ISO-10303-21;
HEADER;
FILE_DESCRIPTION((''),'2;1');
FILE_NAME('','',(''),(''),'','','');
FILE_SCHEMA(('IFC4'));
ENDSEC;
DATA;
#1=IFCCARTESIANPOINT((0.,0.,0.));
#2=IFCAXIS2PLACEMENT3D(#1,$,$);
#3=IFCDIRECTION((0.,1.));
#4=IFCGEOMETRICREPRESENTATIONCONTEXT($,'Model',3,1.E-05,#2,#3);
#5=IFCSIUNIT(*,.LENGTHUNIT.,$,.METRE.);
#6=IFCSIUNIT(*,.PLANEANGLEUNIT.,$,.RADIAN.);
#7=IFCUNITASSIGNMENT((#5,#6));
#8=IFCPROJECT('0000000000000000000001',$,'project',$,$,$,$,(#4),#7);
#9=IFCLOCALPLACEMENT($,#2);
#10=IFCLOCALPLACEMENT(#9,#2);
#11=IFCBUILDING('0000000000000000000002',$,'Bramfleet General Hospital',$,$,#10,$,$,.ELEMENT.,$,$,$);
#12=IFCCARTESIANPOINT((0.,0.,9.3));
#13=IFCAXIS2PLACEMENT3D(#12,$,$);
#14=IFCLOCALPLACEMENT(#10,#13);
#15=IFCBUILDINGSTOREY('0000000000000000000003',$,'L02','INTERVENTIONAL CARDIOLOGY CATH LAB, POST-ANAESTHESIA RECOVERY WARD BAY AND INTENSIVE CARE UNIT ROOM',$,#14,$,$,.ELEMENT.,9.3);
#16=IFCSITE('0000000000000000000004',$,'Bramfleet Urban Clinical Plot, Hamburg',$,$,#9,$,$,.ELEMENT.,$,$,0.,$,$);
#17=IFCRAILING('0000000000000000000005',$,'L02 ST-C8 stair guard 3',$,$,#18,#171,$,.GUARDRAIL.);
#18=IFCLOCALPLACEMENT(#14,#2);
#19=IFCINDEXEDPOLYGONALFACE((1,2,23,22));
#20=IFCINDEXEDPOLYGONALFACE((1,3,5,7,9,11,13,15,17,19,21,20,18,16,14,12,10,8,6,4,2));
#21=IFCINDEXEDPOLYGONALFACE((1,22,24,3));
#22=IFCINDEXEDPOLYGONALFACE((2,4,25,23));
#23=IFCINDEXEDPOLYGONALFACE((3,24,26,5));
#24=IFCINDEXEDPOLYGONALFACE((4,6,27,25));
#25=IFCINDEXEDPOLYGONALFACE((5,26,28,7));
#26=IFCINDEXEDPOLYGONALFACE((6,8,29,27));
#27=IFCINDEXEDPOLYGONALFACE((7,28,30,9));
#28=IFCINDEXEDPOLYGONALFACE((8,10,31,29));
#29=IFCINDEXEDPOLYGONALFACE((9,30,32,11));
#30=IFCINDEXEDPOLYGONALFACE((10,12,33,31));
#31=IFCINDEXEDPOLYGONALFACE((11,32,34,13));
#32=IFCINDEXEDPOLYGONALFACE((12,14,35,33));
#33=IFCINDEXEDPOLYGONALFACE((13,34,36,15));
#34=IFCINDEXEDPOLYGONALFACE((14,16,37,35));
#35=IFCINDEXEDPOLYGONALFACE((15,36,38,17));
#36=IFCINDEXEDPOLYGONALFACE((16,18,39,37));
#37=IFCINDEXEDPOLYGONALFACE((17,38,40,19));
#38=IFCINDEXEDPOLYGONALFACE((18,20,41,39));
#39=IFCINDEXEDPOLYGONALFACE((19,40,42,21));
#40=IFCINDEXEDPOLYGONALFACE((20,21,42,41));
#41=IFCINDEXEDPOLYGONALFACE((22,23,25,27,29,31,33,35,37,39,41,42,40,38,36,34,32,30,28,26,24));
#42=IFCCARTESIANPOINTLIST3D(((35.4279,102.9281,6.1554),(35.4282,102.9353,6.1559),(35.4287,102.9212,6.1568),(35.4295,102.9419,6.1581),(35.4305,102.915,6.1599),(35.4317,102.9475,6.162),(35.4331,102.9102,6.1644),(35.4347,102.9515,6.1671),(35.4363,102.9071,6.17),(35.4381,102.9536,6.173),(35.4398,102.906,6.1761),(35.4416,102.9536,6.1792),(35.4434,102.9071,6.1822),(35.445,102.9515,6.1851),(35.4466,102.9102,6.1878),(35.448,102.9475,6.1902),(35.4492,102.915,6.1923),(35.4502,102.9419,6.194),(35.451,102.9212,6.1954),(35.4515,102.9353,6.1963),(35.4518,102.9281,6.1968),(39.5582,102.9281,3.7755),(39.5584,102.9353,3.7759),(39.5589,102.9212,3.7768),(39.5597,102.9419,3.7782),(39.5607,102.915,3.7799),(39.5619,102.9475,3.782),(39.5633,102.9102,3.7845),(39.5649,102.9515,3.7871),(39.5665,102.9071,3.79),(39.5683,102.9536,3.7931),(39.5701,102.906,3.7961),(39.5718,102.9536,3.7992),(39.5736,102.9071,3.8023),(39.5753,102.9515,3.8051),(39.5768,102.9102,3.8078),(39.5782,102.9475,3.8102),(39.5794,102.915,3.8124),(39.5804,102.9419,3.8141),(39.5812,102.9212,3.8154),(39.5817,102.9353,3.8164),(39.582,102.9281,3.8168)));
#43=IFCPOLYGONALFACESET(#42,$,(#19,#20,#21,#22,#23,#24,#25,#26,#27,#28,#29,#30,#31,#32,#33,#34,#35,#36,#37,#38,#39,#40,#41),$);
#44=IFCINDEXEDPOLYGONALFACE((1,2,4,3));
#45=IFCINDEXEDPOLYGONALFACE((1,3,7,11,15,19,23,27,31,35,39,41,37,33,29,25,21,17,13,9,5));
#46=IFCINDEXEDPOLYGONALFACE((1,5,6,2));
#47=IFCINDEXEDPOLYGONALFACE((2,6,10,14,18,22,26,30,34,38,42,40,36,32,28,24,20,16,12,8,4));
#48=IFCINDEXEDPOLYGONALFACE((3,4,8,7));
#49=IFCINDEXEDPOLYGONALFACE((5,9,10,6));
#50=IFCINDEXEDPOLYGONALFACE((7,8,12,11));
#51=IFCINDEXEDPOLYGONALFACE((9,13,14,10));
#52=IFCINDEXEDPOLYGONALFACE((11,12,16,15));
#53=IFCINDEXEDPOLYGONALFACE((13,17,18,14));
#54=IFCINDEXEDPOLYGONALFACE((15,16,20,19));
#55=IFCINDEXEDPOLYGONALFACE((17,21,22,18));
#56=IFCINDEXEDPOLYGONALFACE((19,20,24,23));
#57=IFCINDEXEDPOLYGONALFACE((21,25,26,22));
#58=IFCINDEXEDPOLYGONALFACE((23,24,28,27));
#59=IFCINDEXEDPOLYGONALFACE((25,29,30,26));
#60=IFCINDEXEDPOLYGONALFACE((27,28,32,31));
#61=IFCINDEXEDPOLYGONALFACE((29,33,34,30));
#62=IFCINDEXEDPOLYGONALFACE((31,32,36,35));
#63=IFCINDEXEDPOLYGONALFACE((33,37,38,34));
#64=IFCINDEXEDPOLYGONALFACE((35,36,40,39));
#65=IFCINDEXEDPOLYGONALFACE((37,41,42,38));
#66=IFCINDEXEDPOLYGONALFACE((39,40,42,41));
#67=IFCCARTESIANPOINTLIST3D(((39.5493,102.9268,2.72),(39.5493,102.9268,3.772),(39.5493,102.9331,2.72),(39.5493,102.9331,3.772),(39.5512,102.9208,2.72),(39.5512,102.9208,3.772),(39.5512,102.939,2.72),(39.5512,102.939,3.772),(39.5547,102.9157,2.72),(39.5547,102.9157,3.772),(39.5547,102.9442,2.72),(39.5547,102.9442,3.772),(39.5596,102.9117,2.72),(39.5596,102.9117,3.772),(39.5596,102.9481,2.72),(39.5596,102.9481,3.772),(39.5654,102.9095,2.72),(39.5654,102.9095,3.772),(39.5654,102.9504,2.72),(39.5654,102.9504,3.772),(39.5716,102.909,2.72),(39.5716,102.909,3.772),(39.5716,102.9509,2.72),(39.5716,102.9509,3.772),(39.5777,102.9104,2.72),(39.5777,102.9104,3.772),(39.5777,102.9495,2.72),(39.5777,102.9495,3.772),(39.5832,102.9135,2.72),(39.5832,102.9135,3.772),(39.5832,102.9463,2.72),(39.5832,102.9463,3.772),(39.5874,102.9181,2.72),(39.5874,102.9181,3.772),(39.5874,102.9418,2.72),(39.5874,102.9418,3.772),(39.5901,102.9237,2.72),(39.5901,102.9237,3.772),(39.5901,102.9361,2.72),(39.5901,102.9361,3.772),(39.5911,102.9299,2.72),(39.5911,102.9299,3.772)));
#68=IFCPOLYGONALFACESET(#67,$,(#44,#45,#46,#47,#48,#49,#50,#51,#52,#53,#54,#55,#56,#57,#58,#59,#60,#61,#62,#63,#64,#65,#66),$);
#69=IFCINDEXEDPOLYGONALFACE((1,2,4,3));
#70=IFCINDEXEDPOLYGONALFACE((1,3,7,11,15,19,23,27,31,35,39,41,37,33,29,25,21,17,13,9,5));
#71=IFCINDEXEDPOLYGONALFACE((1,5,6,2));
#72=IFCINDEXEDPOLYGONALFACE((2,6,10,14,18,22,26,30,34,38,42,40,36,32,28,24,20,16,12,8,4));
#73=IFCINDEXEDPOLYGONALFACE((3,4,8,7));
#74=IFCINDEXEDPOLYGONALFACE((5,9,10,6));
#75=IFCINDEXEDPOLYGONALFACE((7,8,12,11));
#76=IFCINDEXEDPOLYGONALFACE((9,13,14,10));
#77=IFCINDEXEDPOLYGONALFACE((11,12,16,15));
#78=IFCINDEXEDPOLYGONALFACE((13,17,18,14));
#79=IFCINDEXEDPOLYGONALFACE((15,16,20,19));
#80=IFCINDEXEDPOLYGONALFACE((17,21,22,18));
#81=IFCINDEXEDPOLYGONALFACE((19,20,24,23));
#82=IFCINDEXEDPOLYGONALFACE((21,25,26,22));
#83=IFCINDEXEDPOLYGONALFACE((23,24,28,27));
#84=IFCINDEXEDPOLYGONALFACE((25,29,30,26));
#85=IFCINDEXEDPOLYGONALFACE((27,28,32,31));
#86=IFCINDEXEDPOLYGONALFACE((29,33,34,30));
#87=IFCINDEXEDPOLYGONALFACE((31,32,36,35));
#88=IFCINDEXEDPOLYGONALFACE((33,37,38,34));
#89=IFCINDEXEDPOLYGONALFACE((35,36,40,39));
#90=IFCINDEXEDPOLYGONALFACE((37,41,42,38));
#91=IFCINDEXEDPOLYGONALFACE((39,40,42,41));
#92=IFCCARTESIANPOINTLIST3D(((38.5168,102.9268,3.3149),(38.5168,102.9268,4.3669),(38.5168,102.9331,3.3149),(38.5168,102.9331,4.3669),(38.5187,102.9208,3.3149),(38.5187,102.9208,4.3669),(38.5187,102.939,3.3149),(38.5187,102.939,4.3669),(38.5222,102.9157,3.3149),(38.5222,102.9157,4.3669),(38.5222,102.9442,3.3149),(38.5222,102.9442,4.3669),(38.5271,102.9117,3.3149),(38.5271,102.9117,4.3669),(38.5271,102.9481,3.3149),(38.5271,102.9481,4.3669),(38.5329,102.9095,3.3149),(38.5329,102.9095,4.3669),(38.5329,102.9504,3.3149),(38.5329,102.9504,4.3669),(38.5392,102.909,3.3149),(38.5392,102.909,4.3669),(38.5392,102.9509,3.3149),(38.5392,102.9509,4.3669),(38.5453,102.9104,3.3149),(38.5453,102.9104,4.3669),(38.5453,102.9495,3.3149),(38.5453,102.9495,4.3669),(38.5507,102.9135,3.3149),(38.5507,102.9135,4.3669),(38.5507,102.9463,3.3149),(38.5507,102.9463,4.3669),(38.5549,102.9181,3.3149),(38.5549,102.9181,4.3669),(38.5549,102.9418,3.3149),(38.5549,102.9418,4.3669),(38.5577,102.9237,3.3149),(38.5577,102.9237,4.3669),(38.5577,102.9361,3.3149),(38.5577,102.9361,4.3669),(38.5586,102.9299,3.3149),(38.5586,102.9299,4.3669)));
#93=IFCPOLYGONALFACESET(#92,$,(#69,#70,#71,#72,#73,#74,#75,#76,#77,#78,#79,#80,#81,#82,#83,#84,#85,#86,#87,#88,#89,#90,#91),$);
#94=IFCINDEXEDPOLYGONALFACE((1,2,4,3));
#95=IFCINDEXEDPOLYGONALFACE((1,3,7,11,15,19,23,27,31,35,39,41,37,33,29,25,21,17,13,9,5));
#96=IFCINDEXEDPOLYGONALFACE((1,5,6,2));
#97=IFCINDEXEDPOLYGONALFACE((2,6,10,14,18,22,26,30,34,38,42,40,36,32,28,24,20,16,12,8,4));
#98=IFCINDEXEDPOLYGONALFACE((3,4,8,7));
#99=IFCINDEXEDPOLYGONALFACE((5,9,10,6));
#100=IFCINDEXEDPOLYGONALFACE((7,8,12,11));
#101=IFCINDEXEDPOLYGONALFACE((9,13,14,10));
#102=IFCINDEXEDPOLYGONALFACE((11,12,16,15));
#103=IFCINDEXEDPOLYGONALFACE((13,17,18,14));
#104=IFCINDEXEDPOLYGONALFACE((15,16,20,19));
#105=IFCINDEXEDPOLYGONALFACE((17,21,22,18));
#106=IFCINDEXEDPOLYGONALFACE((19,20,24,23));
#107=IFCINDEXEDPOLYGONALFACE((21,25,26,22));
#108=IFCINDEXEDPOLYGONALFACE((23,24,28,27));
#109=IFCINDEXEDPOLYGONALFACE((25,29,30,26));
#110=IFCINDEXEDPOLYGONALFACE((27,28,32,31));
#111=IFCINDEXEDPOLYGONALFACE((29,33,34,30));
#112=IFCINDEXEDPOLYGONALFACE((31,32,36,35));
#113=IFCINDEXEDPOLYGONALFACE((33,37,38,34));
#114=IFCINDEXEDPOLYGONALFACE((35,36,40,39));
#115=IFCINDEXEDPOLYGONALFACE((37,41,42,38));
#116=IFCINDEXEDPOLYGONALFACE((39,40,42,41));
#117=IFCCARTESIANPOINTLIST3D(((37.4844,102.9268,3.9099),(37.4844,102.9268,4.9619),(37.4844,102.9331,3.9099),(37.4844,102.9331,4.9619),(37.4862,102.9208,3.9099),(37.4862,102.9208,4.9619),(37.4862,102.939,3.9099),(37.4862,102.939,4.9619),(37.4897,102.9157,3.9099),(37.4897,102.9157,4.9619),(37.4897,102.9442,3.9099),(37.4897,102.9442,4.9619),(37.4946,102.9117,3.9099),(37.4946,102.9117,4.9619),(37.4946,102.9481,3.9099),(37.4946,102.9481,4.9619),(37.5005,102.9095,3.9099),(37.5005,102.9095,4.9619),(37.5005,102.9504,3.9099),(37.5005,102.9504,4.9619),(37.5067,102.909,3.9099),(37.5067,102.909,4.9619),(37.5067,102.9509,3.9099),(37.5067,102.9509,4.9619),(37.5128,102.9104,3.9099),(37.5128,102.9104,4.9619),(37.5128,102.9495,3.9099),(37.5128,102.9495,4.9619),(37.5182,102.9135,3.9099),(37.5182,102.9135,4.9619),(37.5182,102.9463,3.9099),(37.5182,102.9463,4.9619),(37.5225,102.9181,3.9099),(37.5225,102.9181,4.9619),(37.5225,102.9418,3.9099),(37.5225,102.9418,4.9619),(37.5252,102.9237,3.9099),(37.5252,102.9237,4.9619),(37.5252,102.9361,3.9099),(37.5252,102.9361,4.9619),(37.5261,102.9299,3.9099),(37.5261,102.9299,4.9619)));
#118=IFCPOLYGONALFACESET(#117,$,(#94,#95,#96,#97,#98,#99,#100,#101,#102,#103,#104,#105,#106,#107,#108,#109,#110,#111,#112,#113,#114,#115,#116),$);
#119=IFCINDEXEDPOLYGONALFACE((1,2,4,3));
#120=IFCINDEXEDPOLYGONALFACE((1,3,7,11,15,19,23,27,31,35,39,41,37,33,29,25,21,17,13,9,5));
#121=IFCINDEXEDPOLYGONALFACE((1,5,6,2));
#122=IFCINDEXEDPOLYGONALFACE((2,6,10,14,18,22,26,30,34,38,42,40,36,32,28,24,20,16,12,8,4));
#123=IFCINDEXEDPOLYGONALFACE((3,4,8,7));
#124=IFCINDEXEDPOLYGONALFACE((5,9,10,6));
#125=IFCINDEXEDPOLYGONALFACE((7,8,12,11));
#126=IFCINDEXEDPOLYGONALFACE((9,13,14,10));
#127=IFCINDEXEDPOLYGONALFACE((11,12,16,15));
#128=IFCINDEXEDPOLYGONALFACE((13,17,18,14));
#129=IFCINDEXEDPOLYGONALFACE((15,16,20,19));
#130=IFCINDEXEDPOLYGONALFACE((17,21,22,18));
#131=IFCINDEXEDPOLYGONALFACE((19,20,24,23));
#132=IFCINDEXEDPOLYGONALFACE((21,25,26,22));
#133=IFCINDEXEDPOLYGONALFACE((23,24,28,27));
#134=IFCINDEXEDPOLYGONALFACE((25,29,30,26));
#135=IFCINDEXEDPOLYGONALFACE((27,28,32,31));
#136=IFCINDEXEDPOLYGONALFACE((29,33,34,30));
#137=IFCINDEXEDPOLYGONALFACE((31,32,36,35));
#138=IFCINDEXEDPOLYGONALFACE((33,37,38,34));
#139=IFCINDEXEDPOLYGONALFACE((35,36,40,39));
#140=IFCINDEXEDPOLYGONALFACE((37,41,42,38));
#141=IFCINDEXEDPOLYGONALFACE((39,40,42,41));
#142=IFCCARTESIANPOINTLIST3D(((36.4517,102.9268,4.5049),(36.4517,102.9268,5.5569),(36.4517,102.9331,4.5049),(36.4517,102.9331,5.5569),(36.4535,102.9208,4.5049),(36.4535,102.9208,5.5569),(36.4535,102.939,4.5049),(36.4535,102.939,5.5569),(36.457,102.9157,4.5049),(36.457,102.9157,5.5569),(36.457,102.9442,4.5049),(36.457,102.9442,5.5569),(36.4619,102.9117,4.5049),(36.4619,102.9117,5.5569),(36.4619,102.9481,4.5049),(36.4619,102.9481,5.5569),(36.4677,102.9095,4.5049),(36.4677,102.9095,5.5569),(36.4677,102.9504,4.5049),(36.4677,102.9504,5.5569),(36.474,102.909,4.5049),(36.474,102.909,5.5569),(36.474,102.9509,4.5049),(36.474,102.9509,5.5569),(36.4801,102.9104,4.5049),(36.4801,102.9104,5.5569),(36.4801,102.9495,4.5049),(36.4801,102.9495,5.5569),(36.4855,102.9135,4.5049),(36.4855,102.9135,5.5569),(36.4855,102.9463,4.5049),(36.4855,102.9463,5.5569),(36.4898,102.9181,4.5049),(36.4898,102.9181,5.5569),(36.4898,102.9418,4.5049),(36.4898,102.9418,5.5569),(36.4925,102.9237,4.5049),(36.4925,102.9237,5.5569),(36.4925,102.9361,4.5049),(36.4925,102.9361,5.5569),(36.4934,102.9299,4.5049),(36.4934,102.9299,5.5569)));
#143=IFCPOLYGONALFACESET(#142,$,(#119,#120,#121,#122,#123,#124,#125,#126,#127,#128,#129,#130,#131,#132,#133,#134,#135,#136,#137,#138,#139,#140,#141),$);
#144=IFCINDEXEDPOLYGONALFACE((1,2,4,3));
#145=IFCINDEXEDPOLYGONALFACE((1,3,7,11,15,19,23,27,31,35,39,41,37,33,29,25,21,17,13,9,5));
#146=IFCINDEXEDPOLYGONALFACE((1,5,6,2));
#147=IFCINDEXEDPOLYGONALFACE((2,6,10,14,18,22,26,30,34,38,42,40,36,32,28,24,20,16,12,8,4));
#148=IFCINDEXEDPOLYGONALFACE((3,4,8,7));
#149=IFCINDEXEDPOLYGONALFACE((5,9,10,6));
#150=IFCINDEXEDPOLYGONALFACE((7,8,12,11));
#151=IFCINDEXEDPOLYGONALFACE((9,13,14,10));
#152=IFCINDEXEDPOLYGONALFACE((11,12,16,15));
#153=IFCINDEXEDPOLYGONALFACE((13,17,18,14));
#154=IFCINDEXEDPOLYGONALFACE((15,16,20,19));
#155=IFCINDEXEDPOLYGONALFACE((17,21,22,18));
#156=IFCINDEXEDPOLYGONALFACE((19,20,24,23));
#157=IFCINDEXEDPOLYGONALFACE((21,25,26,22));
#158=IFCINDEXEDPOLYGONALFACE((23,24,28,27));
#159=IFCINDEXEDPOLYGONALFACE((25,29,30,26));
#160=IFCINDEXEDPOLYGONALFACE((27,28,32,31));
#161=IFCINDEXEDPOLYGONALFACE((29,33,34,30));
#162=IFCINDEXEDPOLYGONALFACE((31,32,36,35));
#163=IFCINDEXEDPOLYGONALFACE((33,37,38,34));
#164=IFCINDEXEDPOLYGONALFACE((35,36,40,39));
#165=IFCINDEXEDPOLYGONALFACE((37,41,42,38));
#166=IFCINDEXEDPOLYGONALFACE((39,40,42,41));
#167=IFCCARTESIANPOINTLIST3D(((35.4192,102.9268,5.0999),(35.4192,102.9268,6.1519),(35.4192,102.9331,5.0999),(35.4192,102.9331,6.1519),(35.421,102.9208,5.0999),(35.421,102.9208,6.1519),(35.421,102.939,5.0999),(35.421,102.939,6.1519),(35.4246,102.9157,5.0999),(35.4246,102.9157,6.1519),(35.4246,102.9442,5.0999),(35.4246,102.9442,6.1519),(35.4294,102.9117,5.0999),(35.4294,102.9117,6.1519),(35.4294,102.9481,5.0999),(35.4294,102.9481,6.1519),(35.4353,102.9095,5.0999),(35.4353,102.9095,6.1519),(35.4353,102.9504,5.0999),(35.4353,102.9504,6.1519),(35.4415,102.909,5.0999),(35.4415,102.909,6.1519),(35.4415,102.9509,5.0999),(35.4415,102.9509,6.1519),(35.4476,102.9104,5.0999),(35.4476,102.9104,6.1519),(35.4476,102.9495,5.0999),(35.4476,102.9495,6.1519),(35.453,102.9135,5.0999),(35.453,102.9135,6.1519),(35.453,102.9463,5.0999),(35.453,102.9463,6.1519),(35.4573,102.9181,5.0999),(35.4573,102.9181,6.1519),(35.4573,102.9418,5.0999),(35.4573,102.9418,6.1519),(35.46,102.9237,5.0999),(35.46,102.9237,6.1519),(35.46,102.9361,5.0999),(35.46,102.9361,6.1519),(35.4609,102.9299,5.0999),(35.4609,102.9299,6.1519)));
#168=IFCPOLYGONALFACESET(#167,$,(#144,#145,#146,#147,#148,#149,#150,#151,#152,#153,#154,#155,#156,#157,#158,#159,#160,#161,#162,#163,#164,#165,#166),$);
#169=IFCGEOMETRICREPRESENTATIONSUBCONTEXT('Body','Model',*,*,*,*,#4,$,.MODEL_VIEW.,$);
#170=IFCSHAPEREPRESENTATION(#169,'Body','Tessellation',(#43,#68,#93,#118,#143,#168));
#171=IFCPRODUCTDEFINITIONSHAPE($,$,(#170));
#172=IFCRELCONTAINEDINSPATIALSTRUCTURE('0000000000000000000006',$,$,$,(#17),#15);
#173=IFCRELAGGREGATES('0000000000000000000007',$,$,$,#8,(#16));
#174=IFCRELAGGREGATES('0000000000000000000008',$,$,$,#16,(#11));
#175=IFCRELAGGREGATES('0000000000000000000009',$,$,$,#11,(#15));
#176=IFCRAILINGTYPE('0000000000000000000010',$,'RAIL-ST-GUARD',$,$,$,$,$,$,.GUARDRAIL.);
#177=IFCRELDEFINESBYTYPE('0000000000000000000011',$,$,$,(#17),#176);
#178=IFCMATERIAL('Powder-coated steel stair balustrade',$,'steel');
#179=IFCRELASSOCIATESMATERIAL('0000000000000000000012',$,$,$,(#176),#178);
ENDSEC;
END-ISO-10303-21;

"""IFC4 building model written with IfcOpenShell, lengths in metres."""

from ifc_helpers import new_model, si_unit, direction, frame, origin, origin_2d, place, context, subcontext, project, spatial, circle, extrude, material, type_object, element, save


model = new_model("IFC4")

# Units and contexts
model_context = context("Model", 3, precision=1e-05, world=origin(), true_north=direction((0.0, 1.0)))
body_context = subcontext(model_context, "Body", "Model", "MODEL_VIEW")
ifc_project = project(units=[si_unit("LENGTHUNIT", "METRE"), si_unit("PLANEANGLEUNIT", "RADIAN")], contexts=[model_context])

# Site, building, storey
site_placement = place(None, origin())
site = spatial("IfcSite", under=ifc_project, at=site_placement, Name="Bramfleet Urban Clinical Plot, Hamburg", CompositionType="ELEMENT", RefElevation=0.0)
building_placement = place(site_placement, origin())
building = spatial("IfcBuilding", under=site, at=building_placement, Name="Bramfleet General Hospital", CompositionType="ELEMENT")
storey_placement = place(building_placement, frame((0.0, 0.0, 9.3)))
storey = spatial("IfcBuildingStorey", under=building, at=storey_placement, Name="L02", Description="INTERVENTIONAL CARDIOLOGY CATH LAB, POST-ANAESTHESIA RECOVERY WARD BAY AND INTENSIVE CARE UNIT ROOM", CompositionType="ELEMENT", Elevation=9.3)

# Railing
ifc_material_1 = material(Name="Powder-coated steel stair balustrade", Category="steel")
railing_type_1 = type_object("IfcRailingType", Name="RAIL-ST-GUARD", PredefinedType="GUARDRAIL", material=ifc_material_1)
railing_1_placement = place(storey_placement, frame((39.5701, 102.9299, 2.72)))
element("IfcRailing", 1, at=railing_1_placement, inside=storey, type_object=railing_type_1, Name="L02 ST-C8 stair guard 3", PredefinedType="GUARDRAIL", context=body_context, shape_type="SweptSolid", body=[
    extrude(circle(Radius=0.0239, at=origin_2d()), frame((0.0, 0.0, 1.0762), z_axis=(-0.866447, 0.0, 0.499269), x_axis=(0.0, -1.0, 0.0)), (0.0, 0.0, 1.0), 4.7668),
    extrude(circle(Radius=0.021, at=origin_2d()), origin(), (0.0, 0.0, 1.0), 1.052),
    extrude(circle(Radius=0.021, at=origin_2d()), frame((-1.0325, 0.0, 0.595)), (0.0, 0.0, 1.0), 1.052),
    extrude(circle(Radius=0.021, at=origin_2d()), frame((-2.0649, 0.0, 1.1899)), (0.0, 0.0, 1.0), 1.052),
    extrude(circle(Radius=0.021, at=origin_2d()), frame((-3.0977, 0.0, 1.7849)), (0.0, 0.0, 1.0), 1.052),
    extrude(circle(Radius=0.021, at=origin_2d()), frame((-4.1301, 0.0, 2.3799)), (0.0, 0.0, 1.0), 1.052),
])

save(model, "model.ifc")
